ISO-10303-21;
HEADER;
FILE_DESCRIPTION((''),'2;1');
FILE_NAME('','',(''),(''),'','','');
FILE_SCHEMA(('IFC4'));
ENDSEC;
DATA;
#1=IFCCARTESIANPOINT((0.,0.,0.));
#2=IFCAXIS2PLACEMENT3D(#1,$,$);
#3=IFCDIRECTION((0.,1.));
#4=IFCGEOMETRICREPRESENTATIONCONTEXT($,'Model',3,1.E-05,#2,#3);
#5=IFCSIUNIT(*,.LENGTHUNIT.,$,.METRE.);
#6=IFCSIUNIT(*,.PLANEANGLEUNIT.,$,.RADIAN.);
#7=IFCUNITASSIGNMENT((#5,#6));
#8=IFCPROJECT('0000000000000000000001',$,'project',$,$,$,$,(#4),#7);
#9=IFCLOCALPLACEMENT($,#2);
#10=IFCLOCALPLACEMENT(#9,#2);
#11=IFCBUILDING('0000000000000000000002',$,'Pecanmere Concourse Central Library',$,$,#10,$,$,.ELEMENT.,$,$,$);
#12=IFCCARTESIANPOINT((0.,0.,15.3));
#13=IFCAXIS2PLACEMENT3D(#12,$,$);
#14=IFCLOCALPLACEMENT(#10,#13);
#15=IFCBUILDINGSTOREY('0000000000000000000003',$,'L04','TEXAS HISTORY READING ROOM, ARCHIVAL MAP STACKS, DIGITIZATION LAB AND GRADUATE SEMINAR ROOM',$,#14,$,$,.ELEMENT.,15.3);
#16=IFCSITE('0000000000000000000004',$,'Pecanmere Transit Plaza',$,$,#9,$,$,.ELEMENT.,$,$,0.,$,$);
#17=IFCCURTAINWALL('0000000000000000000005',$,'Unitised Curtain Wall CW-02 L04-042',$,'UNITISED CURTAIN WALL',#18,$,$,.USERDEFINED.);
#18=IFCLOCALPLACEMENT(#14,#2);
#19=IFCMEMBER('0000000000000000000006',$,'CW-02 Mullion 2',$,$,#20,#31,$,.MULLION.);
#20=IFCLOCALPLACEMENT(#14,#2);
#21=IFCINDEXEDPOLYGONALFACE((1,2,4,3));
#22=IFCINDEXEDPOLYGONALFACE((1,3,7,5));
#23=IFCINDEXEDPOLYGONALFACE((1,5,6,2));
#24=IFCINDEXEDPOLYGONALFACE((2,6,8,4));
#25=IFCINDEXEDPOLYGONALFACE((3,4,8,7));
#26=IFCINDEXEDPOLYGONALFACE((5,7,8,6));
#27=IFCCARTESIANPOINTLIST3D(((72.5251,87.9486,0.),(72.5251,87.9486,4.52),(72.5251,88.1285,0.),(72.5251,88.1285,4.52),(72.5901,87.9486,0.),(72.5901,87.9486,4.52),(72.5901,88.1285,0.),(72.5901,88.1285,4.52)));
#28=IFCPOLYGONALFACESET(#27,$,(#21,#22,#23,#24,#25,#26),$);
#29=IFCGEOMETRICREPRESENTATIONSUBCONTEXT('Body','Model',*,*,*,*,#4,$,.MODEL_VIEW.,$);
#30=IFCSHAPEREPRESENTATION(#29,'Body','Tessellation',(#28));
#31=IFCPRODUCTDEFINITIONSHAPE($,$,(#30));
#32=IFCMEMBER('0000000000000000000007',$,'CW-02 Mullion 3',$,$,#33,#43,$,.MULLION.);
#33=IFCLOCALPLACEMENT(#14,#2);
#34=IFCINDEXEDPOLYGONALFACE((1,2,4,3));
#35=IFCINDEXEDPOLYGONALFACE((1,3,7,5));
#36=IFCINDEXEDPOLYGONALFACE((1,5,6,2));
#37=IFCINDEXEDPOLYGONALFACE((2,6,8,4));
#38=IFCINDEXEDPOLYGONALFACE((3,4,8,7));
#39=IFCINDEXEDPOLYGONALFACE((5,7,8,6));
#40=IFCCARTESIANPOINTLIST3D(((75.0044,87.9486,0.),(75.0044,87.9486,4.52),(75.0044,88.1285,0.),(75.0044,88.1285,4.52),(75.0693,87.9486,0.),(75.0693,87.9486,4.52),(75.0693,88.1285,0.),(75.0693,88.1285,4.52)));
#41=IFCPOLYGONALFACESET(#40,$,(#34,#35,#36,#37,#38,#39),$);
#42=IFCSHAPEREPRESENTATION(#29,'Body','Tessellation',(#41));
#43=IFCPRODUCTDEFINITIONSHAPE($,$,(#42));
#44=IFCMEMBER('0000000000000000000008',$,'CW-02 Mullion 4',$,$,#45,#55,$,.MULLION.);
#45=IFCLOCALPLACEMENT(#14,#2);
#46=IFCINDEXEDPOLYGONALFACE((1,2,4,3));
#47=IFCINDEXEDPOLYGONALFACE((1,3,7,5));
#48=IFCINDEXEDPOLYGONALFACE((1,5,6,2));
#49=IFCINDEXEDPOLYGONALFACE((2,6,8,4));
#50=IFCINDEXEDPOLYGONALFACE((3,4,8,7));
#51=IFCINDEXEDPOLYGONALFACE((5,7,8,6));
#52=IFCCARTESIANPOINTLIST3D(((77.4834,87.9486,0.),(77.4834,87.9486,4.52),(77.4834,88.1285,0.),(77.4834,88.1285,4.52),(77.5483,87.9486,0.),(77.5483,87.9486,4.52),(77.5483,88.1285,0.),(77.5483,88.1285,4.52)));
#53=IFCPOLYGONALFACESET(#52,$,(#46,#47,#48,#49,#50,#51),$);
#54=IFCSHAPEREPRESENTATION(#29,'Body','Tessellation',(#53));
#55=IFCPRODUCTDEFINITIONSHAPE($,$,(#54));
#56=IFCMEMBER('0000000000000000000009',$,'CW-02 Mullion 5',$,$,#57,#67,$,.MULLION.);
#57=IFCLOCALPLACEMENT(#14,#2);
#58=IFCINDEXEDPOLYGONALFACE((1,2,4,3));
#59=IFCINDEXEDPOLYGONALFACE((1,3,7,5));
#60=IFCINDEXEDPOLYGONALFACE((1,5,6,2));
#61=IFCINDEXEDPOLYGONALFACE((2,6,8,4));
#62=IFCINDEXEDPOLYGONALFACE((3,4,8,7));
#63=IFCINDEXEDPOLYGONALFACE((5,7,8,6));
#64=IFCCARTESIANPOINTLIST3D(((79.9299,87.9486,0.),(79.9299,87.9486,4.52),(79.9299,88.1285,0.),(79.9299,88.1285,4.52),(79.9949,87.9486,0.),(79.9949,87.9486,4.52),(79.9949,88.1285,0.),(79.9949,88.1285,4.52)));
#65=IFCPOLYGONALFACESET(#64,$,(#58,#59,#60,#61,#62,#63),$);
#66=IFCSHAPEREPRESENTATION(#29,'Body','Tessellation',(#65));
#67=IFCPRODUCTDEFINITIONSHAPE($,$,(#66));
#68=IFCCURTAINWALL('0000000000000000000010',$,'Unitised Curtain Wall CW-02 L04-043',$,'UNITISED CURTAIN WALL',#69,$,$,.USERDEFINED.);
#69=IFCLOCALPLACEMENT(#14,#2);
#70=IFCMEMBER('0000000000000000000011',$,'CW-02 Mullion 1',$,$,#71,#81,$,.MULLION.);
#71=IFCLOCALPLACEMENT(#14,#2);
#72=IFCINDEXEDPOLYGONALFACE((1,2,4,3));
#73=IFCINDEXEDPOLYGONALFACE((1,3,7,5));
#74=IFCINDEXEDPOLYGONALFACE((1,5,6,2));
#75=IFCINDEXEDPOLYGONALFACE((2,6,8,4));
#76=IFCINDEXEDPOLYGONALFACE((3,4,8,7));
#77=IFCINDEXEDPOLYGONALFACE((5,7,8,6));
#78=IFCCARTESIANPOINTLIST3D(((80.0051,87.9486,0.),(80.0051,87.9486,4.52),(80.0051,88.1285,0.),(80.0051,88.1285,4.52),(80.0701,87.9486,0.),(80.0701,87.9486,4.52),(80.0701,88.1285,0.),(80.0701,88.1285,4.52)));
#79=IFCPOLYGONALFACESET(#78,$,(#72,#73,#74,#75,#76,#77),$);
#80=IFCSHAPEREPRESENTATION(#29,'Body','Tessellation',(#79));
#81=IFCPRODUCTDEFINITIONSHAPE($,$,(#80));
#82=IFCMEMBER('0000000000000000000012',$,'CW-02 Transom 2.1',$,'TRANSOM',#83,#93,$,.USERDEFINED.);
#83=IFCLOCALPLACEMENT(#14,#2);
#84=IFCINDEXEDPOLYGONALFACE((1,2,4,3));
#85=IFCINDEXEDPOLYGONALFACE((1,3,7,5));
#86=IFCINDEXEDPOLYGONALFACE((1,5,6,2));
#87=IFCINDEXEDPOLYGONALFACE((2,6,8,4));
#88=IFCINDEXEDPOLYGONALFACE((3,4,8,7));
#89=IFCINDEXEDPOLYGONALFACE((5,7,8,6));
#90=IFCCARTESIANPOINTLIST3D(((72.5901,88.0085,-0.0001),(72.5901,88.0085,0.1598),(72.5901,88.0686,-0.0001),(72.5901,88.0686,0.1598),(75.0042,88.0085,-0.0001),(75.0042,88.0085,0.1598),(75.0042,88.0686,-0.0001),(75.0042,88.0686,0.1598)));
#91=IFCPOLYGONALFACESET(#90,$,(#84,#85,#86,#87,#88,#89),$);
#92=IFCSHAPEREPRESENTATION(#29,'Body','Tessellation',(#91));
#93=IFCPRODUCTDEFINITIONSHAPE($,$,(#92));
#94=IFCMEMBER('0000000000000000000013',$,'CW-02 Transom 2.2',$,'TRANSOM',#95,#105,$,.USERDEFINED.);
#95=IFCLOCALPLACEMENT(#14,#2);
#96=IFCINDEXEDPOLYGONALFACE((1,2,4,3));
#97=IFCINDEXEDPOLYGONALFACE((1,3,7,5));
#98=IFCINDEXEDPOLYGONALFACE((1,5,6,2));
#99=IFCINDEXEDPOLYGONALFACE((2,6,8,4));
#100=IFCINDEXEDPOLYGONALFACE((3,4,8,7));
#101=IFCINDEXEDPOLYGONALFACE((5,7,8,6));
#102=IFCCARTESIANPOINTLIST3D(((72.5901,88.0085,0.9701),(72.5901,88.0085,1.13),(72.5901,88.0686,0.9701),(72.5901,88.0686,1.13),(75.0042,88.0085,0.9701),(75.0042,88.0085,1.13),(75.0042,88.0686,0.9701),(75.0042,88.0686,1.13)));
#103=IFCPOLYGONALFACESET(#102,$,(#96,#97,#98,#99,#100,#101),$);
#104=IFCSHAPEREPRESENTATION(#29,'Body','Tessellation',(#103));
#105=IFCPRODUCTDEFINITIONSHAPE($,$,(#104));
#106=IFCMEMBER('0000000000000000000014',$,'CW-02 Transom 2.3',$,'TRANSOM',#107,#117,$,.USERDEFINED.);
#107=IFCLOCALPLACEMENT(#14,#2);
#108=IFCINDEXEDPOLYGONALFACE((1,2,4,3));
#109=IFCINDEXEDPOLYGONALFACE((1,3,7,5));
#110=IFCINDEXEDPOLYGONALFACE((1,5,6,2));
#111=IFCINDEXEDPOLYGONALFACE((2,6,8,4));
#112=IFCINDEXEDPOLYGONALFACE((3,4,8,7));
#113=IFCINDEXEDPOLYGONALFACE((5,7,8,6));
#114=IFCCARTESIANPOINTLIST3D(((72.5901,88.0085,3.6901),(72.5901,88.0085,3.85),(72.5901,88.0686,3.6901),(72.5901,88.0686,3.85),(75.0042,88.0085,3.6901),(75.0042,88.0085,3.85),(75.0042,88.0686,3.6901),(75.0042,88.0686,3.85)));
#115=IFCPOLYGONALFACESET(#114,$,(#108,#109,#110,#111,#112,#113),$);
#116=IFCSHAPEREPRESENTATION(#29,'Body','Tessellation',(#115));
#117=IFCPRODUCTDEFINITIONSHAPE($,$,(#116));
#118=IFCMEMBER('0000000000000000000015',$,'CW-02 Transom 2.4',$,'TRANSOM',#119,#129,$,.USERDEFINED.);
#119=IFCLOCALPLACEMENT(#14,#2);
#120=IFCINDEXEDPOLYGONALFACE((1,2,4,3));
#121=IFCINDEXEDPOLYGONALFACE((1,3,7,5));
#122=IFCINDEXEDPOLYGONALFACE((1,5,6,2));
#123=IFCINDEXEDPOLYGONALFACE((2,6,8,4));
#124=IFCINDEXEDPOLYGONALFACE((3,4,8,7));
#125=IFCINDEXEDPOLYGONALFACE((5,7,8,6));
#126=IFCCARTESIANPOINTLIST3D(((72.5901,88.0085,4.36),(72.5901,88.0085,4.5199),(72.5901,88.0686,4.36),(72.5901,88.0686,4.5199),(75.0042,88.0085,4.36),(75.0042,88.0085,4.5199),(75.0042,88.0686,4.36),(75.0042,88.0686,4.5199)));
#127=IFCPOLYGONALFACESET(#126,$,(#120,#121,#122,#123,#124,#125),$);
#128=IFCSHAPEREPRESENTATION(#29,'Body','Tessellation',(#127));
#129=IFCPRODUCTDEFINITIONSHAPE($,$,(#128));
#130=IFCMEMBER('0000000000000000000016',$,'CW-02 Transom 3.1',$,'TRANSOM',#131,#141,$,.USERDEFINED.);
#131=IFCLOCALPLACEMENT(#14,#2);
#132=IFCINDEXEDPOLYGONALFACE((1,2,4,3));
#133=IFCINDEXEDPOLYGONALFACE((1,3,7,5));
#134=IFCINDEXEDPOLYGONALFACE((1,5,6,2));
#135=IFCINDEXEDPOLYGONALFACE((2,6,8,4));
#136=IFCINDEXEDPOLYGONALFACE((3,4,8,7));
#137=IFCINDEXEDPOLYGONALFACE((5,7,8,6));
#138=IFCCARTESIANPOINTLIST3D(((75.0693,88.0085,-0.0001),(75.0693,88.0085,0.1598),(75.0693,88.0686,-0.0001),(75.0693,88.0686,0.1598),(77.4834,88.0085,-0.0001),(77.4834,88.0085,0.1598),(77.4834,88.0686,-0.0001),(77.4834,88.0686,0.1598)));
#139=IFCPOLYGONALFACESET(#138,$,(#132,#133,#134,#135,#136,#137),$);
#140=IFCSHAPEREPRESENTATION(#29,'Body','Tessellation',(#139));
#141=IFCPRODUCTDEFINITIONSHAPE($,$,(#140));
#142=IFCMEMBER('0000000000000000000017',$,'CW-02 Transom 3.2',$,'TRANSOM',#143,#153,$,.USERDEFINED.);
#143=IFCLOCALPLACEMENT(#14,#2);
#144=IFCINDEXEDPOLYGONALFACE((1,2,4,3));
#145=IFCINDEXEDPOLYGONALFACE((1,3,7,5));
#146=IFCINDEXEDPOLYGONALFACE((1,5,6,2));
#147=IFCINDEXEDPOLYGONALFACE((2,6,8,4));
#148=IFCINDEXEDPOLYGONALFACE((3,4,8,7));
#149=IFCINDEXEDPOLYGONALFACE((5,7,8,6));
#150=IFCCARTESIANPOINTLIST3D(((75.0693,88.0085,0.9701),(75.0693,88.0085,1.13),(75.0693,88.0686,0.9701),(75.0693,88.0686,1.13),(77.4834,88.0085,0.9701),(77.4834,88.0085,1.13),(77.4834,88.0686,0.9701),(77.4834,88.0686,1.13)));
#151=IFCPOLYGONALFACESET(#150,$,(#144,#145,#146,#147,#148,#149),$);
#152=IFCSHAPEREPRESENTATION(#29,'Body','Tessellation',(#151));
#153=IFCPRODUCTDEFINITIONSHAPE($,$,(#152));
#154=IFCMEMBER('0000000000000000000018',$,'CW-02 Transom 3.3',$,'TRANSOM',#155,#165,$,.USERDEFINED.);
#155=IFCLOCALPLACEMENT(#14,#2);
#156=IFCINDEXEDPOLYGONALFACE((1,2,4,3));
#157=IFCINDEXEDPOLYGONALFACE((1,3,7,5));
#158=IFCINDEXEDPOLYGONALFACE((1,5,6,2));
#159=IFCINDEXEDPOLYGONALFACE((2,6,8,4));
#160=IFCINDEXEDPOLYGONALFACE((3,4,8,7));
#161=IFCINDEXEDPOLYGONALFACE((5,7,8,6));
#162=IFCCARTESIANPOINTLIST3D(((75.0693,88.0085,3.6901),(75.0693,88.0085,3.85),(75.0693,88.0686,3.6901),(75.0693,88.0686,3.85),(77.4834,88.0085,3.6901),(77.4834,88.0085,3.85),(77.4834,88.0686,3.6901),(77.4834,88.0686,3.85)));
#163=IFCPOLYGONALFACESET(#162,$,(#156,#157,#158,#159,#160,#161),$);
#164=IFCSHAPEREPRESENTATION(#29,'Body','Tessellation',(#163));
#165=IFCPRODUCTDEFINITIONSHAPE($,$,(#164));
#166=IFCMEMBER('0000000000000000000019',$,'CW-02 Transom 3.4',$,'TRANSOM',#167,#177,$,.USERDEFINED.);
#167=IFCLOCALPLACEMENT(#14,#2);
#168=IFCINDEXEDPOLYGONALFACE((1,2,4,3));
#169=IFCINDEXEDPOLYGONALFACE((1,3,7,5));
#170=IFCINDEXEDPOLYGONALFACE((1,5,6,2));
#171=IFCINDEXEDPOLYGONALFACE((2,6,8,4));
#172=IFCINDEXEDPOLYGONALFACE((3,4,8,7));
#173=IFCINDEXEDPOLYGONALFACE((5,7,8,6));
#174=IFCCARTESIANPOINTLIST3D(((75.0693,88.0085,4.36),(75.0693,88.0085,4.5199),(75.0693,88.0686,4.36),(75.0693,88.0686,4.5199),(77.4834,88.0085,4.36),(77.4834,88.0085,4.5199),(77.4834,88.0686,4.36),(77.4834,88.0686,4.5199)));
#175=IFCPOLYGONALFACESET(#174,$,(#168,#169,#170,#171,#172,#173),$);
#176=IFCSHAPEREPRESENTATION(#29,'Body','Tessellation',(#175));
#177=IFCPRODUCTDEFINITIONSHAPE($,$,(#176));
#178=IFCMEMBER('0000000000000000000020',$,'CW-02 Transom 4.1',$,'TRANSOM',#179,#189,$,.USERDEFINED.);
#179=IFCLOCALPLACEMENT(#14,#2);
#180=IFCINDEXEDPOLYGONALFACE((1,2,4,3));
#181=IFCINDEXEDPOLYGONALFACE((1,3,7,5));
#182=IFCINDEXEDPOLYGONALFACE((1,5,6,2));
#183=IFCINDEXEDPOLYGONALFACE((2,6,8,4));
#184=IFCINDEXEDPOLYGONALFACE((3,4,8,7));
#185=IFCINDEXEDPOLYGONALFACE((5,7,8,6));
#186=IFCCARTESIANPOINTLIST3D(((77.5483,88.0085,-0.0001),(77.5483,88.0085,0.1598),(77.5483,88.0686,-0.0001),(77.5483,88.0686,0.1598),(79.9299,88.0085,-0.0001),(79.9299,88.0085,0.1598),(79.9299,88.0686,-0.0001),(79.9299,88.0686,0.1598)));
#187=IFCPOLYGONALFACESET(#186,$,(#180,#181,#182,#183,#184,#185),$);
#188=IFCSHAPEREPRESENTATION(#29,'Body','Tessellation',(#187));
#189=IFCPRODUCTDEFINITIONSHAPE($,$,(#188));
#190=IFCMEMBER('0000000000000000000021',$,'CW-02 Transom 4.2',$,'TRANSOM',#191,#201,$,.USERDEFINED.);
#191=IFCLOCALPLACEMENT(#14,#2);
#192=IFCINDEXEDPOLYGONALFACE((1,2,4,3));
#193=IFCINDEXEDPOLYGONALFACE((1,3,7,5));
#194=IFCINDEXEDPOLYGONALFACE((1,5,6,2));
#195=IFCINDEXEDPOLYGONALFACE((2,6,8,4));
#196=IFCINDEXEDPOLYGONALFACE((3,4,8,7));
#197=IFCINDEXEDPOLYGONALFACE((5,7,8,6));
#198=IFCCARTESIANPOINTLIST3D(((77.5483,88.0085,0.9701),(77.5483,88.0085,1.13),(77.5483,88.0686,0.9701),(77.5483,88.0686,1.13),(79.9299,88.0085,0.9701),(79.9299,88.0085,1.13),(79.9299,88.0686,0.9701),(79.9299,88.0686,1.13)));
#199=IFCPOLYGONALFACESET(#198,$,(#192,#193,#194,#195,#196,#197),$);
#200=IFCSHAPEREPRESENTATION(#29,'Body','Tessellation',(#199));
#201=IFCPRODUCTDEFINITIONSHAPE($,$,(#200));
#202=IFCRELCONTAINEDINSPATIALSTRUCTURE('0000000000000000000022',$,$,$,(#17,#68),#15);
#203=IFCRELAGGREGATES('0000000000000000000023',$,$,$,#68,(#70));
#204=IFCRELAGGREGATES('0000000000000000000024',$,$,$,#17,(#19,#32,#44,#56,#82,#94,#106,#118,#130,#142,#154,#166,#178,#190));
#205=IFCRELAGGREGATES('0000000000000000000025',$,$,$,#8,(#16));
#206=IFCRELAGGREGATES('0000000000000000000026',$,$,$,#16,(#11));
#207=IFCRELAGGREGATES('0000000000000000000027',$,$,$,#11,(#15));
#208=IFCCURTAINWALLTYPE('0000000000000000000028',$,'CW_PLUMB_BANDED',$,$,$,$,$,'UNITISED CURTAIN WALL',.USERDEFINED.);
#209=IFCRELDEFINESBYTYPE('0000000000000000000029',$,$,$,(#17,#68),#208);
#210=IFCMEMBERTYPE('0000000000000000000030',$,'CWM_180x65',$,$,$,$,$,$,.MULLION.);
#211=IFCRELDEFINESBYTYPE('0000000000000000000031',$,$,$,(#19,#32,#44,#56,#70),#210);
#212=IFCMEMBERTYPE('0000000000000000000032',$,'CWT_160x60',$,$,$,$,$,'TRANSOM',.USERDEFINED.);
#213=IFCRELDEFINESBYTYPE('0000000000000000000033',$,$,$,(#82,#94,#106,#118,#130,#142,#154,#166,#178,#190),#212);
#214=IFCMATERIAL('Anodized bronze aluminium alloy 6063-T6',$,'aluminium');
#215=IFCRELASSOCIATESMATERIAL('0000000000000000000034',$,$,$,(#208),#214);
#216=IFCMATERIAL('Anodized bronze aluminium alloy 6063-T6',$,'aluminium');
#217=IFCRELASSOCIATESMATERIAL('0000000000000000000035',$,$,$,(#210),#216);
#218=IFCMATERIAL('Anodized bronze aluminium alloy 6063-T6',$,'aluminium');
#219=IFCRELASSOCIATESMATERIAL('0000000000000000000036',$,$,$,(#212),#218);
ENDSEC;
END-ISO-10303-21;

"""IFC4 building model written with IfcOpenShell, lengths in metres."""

from ifc_helpers import new_model, si_unit, direction, frame, origin, origin_2d, place, context, subcontext, project, spatial, rectangle, extrude, material, material_profile, profile_set, type_object, element, aggregate, save


model = new_model("IFC4")

# Units and contexts
model_context = context("Model", 3, precision=1e-05, world=origin(), true_north=direction((0.0, 1.0)))
body_context = subcontext(model_context, "Body", "Model", "MODEL_VIEW")
ifc_project = project(units=[si_unit("LENGTHUNIT", "METRE"), si_unit("PLANEANGLEUNIT", "RADIAN")], contexts=[model_context])

# Site, building, storey
site_placement = place(None, origin())
site = spatial("IfcSite", under=ifc_project, at=site_placement, Name="Pecanmere Transit Plaza", CompositionType="ELEMENT", RefElevation=0.0)
building_placement = place(site_placement, origin())
building = spatial("IfcBuilding", under=site, at=building_placement, Name="Pecanmere Concourse Central Library", CompositionType="ELEMENT")
storey_placement = place(building_placement, frame((0.0, 0.0, 15.3)))
storey = spatial("IfcBuildingStorey", under=building, at=storey_placement, Name="L04", Description="TEXAS HISTORY READING ROOM, ARCHIVAL MAP STACKS, DIGITIZATION LAB AND GRADUATE SEMINAR ROOM", CompositionType="ELEMENT", Elevation=15.3)

# Curtain wall, members
ifc_material_1 = material(Name="Anodized bronze aluminium alloy 6063-T6", Category="aluminium")
curtain_wall_type = type_object("IfcCurtainWallType", Name="CW_PLUMB_BANDED", ElementType="UNITISED CURTAIN WALL", PredefinedType="USERDEFINED", material=ifc_material_1)
curtain_wall_1_placement = place(storey_placement, origin())
curtain_wall_1 = element("IfcCurtainWall", 1, at=curtain_wall_1_placement, inside=storey, type_object=curtain_wall_type, Name="Unitised Curtain Wall CW-02 L04-042", ObjectType="UNITISED CURTAIN WALL", PredefinedType="USERDEFINED")
ifc_material_2 = material(Name="Anodized bronze aluminium alloy 6063-T6", Category="aluminium")
ifc_material_profile_1 = material_profile(ifc_material_2, rectangle(XDim=0.0649, YDim=0.1799, at=origin_2d()), Name="AL 65x180")
ifc_profile_set_1 = profile_set([ifc_material_profile_1], Name="Anodized bronze aluminium alloy 6063-T6")
member_type_1 = type_object("IfcMemberType", Name="CWM_180x65", PredefinedType="MULLION", material=ifc_profile_set_1)
member_1_placement = place(storey_placement, frame((72.5576, 88.0386, 0.0), z_axis=(0.0, 0.0, 1.0), x_axis=(1.0, 0.0, 0.0)))
member_1 = element("IfcMember", 2, at=member_1_placement, type_object=member_type_1, Name="CW-02 Mullion 2", PredefinedType="MULLION", context=body_context, shape_type="SweptSolid", body=[
    extrude(rectangle(XDim=0.0649, YDim=0.1799, at=origin_2d()), origin(), (0.0, 0.0, 1.0), 4.52),
])
member_2_placement = place(storey_placement, frame((75.0369, 88.0386, 0.0), z_axis=(0.0, 0.0, 1.0), x_axis=(1.0, 0.0, 0.0)))
member_2 = element("IfcMember", 3, at=member_2_placement, type_object=member_type_1, Name="CW-02 Mullion 3", PredefinedType="MULLION", context=body_context, shape_type="SweptSolid", body=[
    extrude(rectangle(XDim=0.0649, YDim=0.1799, at=origin_2d()), origin(), (0.0, 0.0, 1.0), 4.52),
])
member_3_placement = place(storey_placement, frame((77.5159, 88.0386, 0.0), z_axis=(0.0, 0.0, 1.0), x_axis=(1.0, 0.0, 0.0)))
member_3 = element("IfcMember", 4, at=member_3_placement, type_object=member_type_1, Name="CW-02 Mullion 4", PredefinedType="MULLION", context=body_context, shape_type="SweptSolid", body=[
    extrude(rectangle(XDim=0.0649, YDim=0.1799, at=origin_2d()), origin(), (0.0, 0.0, 1.0), 4.52),
])
member_4_placement = place(storey_placement, frame((79.9624, 88.0386, 0.0), z_axis=(0.0, 0.0, 1.0), x_axis=(1.0, 0.0, 0.0)))
member_4 = element("IfcMember", 5, at=member_4_placement, type_object=member_type_1, Name="CW-02 Mullion 5", PredefinedType="MULLION", context=body_context, shape_type="SweptSolid", body=[
    extrude(rectangle(XDim=0.0649, YDim=0.1799, at=origin_2d()), origin(), (0.0, 0.0, 1.0), 4.52),
])

# Curtain wall, member
curtain_wall_2_placement = place(storey_placement, origin())
curtain_wall_2 = element("IfcCurtainWall", 6, at=curtain_wall_2_placement, inside=storey, type_object=curtain_wall_type, Name="Unitised Curtain Wall CW-02 L04-043", ObjectType="UNITISED CURTAIN WALL", PredefinedType="USERDEFINED")
member_5_placement = place(storey_placement, frame((80.0376, 88.0386, 0.0), z_axis=(0.0, 0.0, 1.0), x_axis=(1.0, 0.0, 0.0)))
member_5 = element("IfcMember", 7, at=member_5_placement, type_object=member_type_1, Name="CW-02 Mullion 1", PredefinedType="MULLION", context=body_context, shape_type="SweptSolid", body=[
    extrude(rectangle(XDim=0.0649, YDim=0.1799, at=origin_2d()), origin(), (0.0, 0.0, 1.0), 4.52),
])
aggregate(curtain_wall_2, [member_5])

# Members
ifc_material_3 = material(Name="Anodized bronze aluminium alloy 6063-T6", Category="aluminium")
ifc_material_profile_2 = material_profile(ifc_material_3, rectangle(XDim=0.0601, YDim=0.1599, at=origin_2d()), Name="AL 60x160")
ifc_profile_set_2 = profile_set([ifc_material_profile_2], Name="Anodized bronze aluminium alloy 6063-T6")
member_type_2 = type_object("IfcMemberType", Name="CWT_160x60", ElementType="TRANSOM", PredefinedType="USERDEFINED", material=ifc_profile_set_2)
member_6_placement = place(storey_placement, frame((72.5901, 88.0386, 0.0798), z_axis=(1.0, 0.0, 0.0), x_axis=(0.0, 1.0, 0.0)))
member_6 = element("IfcMember", 8, at=member_6_placement, type_object=member_type_2, Name="CW-02 Transom 2.1", ObjectType="TRANSOM", PredefinedType="USERDEFINED", context=body_context, shape_type="SweptSolid", body=[
    extrude(rectangle(XDim=0.0601, YDim=0.1599, at=origin_2d()), origin(), (0.0, 0.0, 1.0), 2.4141),
])
member_7_placement = place(storey_placement, frame((72.5901, 88.0386, 1.05), z_axis=(1.0, 0.0, 0.0), x_axis=(0.0, 1.0, 0.0)))
member_7 = element("IfcMember", 9, at=member_7_placement, type_object=member_type_2, Name="CW-02 Transom 2.2", ObjectType="TRANSOM", PredefinedType="USERDEFINED", context=body_context, shape_type="SweptSolid", body=[
    extrude(rectangle(XDim=0.0601, YDim=0.1599, at=origin_2d()), origin(), (0.0, 0.0, 1.0), 2.4141),
])
member_8_placement = place(storey_placement, frame((72.5901, 88.0386, 3.77), z_axis=(1.0, 0.0, 0.0), x_axis=(0.0, 1.0, 0.0)))
member_8 = element("IfcMember", 10, at=member_8_placement, type_object=member_type_2, Name="CW-02 Transom 2.3", ObjectType="TRANSOM", PredefinedType="USERDEFINED", context=body_context, shape_type="SweptSolid", body=[
    extrude(rectangle(XDim=0.0601, YDim=0.1599, at=origin_2d()), origin(), (0.0, 0.0, 1.0), 2.4141),
])
member_9_placement = place(storey_placement, frame((72.5901, 88.0386, 4.4399), z_axis=(1.0, 0.0, 0.0), x_axis=(0.0, 1.0, 0.0)))
member_9 = element("IfcMember", 11, at=member_9_placement, type_object=member_type_2, Name="CW-02 Transom 2.4", ObjectType="TRANSOM", PredefinedType="USERDEFINED", context=body_context, shape_type="SweptSolid", body=[
    extrude(rectangle(XDim=0.0601, YDim=0.1599, at=origin_2d()), origin(), (0.0, 0.0, 1.0), 2.4141),
])
member_10_placement = place(storey_placement, frame((75.0693, 88.0386, 0.0798), z_axis=(1.0, 0.0, 0.0), x_axis=(0.0, 1.0, 0.0)))
member_10 = element("IfcMember", 12, at=member_10_placement, type_object=member_type_2, Name="CW-02 Transom 3.1", ObjectType="TRANSOM", PredefinedType="USERDEFINED", context=body_context, shape_type="SweptSolid", body=[
    extrude(rectangle(XDim=0.0601, YDim=0.1599, at=origin_2d()), origin(), (0.0, 0.0, 1.0), 2.4141),
])
member_11_placement = place(storey_placement, frame((75.0693, 88.0386, 1.05), z_axis=(1.0, 0.0, 0.0), x_axis=(0.0, 1.0, 0.0)))
member_11 = element("IfcMember", 13, at=member_11_placement, type_object=member_type_2, Name="CW-02 Transom 3.2", ObjectType="TRANSOM", PredefinedType="USERDEFINED", context=body_context, shape_type="SweptSolid", body=[
    extrude(rectangle(XDim=0.0601, YDim=0.1599, at=origin_2d()), origin(), (0.0, 0.0, 1.0), 2.4141),
])
member_12_placement = place(storey_placement, frame((75.0693, 88.0386, 3.77), z_axis=(1.0, 0.0, 0.0), x_axis=(0.0, 1.0, 0.0)))
member_12 = element("IfcMember", 14, at=member_12_placement, type_object=member_type_2, Name="CW-02 Transom 3.3", ObjectType="TRANSOM", PredefinedType="USERDEFINED", context=body_context, shape_type="SweptSolid", body=[
    extrude(rectangle(XDim=0.0601, YDim=0.1599, at=origin_2d()), origin(), (0.0, 0.0, 1.0), 2.4141),
])
member_13_placement = place(storey_placement, frame((75.0693, 88.0386, 4.4399), z_axis=(1.0, 0.0, 0.0), x_axis=(0.0, 1.0, 0.0)))
member_13 = element("IfcMember", 15, at=member_13_placement, type_object=member_type_2, Name="CW-02 Transom 3.4", ObjectType="TRANSOM", PredefinedType="USERDEFINED", context=body_context, shape_type="SweptSolid", body=[
    extrude(rectangle(XDim=0.0601, YDim=0.1599, at=origin_2d()), origin(), (0.0, 0.0, 1.0), 2.4141),
])
member_14_placement = place(storey_placement, frame((77.5483, 88.0386, 0.0798), z_axis=(1.0, 0.0, 0.0), x_axis=(0.0, 1.0, 0.0)))
member_14 = element("IfcMember", 16, at=member_14_placement, type_object=member_type_2, Name="CW-02 Transom 4.1", ObjectType="TRANSOM", PredefinedType="USERDEFINED", context=body_context, shape_type="SweptSolid", body=[
    extrude(rectangle(XDim=0.0601, YDim=0.1599, at=origin_2d()), origin(), (0.0, 0.0, 1.0), 2.3816),
])
member_15_placement = place(storey_placement, frame((77.5483, 88.0386, 1.05), z_axis=(1.0, 0.0, 0.0), x_axis=(0.0, 1.0, 0.0)))
member_15 = element("IfcMember", 17, at=member_15_placement, type_object=member_type_2, Name="CW-02 Transom 4.2", ObjectType="TRANSOM", PredefinedType="USERDEFINED", context=body_context, shape_type="SweptSolid", body=[
    extrude(rectangle(XDim=0.0601, YDim=0.1599, at=origin_2d()), origin(), (0.0, 0.0, 1.0), 2.3816),
])

aggregate(curtain_wall_1, [member_1, member_2, member_3, member_4, member_6, member_7, member_8, member_9, member_10, member_11, member_12, member_13, member_14, member_15])

save(model, "model.ifc")
